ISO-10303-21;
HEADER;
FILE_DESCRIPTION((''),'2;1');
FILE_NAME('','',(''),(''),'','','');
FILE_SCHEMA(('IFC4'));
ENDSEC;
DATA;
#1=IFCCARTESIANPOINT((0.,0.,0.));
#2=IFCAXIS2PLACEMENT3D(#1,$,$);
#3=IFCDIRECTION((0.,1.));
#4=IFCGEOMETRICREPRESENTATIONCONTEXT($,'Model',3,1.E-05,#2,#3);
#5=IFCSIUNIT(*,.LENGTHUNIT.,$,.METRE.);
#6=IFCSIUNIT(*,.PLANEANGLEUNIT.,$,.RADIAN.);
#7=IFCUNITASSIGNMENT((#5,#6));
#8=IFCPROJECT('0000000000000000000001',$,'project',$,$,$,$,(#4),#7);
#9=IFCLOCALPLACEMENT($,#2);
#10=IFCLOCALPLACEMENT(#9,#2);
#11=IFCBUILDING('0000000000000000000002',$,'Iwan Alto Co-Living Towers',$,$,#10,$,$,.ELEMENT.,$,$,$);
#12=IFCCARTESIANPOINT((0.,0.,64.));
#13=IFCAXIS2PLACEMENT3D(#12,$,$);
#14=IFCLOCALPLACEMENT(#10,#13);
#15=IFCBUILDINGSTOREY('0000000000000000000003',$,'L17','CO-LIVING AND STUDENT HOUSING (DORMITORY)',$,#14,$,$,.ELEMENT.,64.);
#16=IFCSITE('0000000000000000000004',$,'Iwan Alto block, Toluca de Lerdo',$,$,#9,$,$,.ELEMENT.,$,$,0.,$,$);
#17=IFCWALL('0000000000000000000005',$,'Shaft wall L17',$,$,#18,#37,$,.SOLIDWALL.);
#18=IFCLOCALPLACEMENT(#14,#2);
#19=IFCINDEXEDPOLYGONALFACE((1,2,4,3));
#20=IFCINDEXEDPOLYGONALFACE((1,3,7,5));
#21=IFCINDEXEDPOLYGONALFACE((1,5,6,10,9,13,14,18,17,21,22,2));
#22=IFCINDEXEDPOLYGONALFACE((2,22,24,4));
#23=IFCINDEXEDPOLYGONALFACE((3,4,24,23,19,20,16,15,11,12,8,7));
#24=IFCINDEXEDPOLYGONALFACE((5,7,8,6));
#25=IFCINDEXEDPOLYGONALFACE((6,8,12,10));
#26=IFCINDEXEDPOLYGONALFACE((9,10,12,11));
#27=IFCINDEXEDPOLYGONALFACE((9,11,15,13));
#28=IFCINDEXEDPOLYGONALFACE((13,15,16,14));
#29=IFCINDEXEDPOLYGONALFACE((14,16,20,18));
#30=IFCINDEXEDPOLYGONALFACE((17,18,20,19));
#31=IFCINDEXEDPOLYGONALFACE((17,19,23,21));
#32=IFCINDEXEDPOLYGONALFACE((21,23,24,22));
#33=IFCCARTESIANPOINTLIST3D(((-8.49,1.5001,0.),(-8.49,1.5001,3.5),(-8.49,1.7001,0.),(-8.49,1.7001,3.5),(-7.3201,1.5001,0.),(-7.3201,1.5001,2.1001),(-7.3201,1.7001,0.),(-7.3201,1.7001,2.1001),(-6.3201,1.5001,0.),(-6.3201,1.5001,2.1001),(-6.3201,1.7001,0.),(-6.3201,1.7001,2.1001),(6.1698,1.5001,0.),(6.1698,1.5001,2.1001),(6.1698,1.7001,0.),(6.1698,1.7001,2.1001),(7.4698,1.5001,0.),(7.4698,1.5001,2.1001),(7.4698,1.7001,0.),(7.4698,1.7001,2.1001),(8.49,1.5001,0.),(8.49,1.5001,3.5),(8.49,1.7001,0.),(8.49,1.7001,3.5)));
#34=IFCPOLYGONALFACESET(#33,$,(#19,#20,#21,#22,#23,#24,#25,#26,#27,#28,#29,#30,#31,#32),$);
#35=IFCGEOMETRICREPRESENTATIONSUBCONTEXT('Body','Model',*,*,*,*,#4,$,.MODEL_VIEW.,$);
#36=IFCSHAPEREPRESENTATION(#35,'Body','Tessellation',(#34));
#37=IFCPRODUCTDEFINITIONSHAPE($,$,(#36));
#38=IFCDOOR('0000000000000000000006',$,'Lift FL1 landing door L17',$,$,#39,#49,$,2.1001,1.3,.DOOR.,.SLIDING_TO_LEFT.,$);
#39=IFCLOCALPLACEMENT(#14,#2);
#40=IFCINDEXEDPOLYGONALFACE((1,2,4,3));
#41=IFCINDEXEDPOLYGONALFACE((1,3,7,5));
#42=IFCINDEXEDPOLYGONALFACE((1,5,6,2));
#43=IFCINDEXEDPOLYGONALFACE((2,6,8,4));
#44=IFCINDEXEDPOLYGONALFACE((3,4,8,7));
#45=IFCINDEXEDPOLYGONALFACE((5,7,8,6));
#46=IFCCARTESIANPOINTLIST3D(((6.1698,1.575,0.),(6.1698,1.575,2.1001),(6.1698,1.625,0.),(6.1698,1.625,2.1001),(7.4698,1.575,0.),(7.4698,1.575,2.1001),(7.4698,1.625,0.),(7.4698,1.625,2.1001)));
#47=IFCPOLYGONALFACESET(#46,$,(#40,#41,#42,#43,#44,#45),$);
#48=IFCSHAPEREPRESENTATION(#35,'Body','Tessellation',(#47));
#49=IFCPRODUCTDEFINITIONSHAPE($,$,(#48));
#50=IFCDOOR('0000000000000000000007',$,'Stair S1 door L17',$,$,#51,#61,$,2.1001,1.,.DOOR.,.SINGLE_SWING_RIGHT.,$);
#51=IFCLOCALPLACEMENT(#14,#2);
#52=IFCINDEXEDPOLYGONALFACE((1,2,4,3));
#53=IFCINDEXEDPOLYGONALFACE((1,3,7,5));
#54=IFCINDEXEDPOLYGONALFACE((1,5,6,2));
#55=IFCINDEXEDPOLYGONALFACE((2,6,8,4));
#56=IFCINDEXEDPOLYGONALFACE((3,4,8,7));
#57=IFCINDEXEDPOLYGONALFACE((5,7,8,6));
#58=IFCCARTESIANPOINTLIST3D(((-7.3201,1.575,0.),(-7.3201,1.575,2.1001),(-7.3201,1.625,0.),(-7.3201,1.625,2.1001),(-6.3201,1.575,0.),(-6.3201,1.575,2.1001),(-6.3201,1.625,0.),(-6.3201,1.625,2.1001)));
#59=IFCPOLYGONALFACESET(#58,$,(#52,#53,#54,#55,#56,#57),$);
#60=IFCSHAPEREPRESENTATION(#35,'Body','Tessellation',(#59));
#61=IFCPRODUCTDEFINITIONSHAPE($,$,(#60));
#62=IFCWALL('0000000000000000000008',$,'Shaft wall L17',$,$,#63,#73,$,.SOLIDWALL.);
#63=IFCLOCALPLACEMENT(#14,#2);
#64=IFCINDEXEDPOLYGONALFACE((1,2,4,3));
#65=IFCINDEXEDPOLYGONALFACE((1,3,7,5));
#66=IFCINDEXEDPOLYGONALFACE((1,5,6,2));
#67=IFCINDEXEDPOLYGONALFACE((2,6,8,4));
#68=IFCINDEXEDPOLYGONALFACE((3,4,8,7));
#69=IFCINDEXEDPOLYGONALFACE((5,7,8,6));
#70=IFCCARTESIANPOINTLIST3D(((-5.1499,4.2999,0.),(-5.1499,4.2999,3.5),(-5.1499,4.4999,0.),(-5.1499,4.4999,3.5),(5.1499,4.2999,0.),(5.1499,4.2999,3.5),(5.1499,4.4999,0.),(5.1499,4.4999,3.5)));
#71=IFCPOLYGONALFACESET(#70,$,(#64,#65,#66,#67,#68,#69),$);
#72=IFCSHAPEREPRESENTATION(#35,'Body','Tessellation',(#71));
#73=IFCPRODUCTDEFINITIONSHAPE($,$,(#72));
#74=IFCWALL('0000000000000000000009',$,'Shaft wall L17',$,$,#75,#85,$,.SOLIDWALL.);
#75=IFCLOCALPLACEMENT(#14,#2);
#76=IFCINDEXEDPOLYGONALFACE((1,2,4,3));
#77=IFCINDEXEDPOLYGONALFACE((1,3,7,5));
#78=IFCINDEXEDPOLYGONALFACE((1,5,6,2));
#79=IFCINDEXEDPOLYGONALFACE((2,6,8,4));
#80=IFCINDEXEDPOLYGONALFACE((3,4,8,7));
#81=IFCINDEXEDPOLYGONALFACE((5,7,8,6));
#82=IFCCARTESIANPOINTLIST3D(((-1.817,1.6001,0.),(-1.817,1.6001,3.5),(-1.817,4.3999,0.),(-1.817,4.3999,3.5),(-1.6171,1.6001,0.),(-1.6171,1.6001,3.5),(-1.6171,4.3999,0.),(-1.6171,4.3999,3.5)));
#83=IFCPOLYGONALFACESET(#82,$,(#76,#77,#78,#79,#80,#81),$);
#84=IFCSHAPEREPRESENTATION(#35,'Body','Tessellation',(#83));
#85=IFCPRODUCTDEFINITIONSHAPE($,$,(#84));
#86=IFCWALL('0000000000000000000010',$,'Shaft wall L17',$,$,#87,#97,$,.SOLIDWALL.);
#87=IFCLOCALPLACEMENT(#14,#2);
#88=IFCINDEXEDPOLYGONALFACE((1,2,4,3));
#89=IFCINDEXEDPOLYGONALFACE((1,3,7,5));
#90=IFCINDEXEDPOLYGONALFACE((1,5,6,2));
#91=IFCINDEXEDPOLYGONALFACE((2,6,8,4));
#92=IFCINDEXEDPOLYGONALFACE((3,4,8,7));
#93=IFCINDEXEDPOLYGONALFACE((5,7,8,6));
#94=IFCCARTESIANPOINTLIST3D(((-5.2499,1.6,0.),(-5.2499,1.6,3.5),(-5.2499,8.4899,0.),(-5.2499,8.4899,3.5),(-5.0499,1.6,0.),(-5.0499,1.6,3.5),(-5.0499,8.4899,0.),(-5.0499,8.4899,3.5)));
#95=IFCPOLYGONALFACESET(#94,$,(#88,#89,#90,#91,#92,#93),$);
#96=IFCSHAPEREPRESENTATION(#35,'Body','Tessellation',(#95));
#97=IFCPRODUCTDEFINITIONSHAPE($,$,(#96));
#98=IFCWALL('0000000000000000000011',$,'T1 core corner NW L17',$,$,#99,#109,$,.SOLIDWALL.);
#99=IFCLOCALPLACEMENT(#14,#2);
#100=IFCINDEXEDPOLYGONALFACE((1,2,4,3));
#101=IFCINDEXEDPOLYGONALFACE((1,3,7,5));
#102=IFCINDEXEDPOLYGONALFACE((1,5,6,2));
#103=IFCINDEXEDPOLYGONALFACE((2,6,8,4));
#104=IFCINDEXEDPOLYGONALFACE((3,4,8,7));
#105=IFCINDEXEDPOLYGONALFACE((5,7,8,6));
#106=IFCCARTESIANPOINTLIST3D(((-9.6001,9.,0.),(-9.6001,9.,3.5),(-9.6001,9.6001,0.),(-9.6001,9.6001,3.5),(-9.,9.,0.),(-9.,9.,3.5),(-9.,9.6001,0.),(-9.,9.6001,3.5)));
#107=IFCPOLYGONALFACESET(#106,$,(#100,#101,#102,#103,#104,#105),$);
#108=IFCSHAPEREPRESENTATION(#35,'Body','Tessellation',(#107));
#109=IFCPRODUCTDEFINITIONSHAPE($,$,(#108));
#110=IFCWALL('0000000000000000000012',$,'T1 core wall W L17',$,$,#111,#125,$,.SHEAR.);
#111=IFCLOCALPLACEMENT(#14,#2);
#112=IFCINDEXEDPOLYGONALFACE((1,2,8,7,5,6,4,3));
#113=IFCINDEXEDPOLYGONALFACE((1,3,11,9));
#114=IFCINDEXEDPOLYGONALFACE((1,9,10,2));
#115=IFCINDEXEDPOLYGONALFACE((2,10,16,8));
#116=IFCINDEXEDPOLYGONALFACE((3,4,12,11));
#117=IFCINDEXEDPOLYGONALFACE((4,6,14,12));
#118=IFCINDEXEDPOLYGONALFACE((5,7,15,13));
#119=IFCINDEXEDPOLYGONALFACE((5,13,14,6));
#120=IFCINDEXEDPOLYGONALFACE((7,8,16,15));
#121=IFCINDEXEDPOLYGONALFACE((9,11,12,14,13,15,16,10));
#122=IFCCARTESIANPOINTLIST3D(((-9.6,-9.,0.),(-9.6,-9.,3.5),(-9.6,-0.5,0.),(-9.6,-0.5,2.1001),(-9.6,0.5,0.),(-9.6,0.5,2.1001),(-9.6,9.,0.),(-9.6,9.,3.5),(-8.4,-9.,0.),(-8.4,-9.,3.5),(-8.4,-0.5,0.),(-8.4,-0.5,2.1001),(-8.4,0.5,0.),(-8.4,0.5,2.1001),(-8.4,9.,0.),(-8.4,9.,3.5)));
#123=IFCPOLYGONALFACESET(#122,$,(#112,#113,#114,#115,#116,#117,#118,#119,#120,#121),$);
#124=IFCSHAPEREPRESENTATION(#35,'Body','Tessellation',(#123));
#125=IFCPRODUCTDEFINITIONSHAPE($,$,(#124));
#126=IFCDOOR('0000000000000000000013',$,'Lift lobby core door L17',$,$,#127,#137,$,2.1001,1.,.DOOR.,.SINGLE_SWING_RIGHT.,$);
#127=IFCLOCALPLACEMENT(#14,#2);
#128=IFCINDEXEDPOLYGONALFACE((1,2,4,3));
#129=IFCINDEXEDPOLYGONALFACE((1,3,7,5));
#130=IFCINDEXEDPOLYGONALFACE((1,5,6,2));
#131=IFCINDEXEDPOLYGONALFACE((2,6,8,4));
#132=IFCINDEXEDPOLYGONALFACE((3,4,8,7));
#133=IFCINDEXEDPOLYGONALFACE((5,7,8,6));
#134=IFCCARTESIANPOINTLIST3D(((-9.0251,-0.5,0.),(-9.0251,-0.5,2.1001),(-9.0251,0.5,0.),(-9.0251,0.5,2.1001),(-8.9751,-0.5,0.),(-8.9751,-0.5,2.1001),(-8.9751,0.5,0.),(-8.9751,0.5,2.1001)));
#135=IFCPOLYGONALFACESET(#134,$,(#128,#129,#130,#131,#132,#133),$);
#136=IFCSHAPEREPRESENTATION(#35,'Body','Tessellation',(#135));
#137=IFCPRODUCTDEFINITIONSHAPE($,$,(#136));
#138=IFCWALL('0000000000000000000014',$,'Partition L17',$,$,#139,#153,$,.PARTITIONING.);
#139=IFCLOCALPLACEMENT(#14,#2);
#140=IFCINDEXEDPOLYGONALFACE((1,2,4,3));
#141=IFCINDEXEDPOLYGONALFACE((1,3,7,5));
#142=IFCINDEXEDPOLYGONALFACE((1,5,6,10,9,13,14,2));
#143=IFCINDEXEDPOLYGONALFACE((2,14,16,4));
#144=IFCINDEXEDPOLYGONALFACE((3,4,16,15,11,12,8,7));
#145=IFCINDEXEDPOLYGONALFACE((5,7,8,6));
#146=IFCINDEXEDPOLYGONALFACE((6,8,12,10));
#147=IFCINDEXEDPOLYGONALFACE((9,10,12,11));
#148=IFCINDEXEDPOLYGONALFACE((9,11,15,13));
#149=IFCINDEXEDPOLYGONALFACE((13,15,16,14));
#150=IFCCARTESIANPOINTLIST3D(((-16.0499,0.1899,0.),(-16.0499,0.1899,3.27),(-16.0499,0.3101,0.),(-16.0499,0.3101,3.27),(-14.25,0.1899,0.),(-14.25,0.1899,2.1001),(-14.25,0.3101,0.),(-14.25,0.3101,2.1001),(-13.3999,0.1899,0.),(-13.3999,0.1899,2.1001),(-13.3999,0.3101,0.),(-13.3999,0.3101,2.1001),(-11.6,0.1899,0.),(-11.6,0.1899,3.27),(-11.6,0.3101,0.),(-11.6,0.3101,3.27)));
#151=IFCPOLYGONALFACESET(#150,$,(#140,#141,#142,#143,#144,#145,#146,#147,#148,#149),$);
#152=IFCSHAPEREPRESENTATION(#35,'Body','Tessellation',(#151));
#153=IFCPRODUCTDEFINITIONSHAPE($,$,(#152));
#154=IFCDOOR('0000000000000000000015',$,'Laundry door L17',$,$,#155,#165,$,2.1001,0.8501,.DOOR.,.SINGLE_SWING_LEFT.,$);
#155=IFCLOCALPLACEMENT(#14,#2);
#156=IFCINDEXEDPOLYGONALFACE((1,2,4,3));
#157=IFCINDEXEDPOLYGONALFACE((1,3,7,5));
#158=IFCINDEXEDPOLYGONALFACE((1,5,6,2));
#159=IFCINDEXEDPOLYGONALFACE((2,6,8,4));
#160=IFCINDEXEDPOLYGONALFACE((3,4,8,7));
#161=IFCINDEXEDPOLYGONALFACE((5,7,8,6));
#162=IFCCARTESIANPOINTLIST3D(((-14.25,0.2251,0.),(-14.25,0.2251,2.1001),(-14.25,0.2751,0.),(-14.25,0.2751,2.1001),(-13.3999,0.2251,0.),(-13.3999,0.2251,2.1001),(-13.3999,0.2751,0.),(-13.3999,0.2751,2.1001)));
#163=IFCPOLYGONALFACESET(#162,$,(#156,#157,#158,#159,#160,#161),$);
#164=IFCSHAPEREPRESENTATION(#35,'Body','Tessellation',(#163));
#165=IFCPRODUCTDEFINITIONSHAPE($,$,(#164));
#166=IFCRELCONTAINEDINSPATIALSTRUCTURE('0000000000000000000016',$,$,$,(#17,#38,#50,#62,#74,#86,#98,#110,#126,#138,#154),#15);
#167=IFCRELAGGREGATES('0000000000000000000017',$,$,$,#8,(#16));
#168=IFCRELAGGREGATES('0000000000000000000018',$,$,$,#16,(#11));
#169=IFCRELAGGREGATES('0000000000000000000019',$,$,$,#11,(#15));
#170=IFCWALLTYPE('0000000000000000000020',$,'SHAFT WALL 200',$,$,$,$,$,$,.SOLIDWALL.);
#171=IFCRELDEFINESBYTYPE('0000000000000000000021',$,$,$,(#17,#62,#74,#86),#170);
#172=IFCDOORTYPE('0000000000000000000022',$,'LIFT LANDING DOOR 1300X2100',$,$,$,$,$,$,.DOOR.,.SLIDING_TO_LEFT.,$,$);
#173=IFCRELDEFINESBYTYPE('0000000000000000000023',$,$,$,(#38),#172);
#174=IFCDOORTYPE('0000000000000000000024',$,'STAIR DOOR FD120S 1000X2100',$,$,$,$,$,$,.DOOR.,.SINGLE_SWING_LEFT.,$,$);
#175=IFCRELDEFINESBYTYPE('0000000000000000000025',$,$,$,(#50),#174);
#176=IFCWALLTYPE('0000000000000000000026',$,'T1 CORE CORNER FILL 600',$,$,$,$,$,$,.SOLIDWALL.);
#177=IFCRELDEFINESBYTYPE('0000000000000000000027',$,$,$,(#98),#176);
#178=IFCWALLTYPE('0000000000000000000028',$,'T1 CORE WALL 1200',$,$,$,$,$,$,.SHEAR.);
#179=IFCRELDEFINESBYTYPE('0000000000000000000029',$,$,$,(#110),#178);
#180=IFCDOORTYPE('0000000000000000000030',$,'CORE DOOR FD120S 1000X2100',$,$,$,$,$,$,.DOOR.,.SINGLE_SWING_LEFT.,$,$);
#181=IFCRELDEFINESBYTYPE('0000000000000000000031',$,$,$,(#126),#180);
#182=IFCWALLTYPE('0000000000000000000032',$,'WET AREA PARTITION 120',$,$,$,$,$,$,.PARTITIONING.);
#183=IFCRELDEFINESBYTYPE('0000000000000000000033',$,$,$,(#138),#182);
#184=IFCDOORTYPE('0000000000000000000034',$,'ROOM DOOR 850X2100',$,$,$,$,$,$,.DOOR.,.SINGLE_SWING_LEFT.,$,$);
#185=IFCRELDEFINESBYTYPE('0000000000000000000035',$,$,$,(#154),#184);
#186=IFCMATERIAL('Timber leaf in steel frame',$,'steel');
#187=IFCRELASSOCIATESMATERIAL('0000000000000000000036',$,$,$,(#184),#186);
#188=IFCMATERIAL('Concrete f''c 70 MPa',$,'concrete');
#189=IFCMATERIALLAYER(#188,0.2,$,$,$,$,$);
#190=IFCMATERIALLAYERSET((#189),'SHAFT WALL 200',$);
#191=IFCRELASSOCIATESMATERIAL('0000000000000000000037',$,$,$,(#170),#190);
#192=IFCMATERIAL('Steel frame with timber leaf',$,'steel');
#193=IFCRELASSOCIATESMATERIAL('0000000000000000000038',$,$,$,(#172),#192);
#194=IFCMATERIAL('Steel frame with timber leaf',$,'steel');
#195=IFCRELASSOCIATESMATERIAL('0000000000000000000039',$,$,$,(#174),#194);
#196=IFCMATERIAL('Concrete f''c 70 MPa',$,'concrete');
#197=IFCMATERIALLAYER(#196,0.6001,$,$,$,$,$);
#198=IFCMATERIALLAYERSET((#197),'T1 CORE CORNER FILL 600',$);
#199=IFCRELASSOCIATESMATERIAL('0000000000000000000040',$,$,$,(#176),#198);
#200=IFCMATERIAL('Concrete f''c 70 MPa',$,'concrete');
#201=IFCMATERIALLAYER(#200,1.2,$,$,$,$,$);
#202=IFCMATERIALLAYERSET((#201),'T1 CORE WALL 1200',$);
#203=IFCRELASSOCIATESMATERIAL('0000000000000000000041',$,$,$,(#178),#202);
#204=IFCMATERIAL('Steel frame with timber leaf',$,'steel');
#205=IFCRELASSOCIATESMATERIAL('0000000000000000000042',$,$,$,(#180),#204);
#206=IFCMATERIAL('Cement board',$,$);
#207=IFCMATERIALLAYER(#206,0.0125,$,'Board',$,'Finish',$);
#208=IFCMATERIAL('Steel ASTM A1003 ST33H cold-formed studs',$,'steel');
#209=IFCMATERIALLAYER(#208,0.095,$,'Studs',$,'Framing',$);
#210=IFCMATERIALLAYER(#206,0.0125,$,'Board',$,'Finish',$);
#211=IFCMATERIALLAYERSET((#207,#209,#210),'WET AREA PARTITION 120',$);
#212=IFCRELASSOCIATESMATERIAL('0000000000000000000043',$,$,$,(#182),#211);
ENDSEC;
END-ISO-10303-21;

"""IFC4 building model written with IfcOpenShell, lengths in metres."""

from ifc_helpers import new_model, si_unit, direction, frame, frame_2d, origin, place, context, subcontext, project, spatial, rectangle, extrude, material, layer, layer_set, type_object, element, fill, save


model = new_model("IFC4")

# Units and contexts
model_context = context("Model", 3, precision=1e-05, world=origin(), true_north=direction((0.0, 1.0)))
body_context = subcontext(model_context, "Body", "Model", "MODEL_VIEW")
ifc_project = project(units=[si_unit("LENGTHUNIT", "METRE"), si_unit("PLANEANGLEUNIT", "RADIAN")], contexts=[model_context])

# Site, building, storey
site_placement = place(None, origin())
site = spatial("IfcSite", under=ifc_project, at=site_placement, Name="Iwan Alto block, Toluca de Lerdo", CompositionType="ELEMENT", RefElevation=0.0)
building_placement = place(site_placement, origin())
building = spatial("IfcBuilding", under=site, at=building_placement, Name="Iwan Alto Co-Living Towers", CompositionType="ELEMENT")
storey_placement = place(building_placement, frame((0.0, 0.0, 64.0)))
storey = spatial("IfcBuildingStorey", under=building, at=storey_placement, Name="L17", Description="CO-LIVING AND STUDENT HOUSING (DORMITORY)", CompositionType="ELEMENT", Elevation=64.0)

# Shared definitions
ifc_material_1 = material(Name="Steel ASTM A1003 ST33H cold-formed studs", Category="steel")

# Shared definitions
ifc_material_2 = material(Name="Timber leaf in steel frame", Category="steel")
door_type_1 = type_object("IfcDoorType", Name="ROOM DOOR 850X2100", OperationType="SINGLE_SWING_LEFT", PredefinedType="DOOR", material=ifc_material_2)

# Wall, openings, doors
ifc_material_3 = material(Name="Concrete f'c 70 MPa", Category="concrete")
ifc_layer_1 = layer(ifc_material_3, 0.2)
ifc_layer_set_1 = layer_set([ifc_layer_1], Name="SHAFT WALL 200")
wall_type_1 = type_object("IfcWallType", Name="SHAFT WALL 200", PredefinedType="SOLIDWALL", material=ifc_layer_set_1)
wall_1_placement = place(storey_placement, frame((-8.49, 1.6001, 0.0), z_axis=(0.0, 0.0, 1.0), x_axis=(1.0, 0.0, 0.0)))
wall_1 = element("IfcWall", 1, at=wall_1_placement, inside=storey, type_object=wall_type_1, Name="Shaft wall L17", PredefinedType="SOLIDWALL", context=body_context, shape_type="SweptSolid", body=[
    extrude(rectangle(XDim=16.98, YDim=0.2, at=frame_2d((8.49, 0.0))), origin(), (0.0, 0.0, 1.0), 3.5),
])
opening_1_placement = place(wall_1_placement, frame((1.1699, 0.0, 0.0)))
opening_1 = element("IfcOpeningElement", 2, at=opening_1_placement, cuts=wall_1, PredefinedType="OPENING", context=body_context, shape_type="SweptSolid", body=[
    extrude(rectangle(XDim=1.0, YDim=2.1001, at=frame_2d((0.5, 1.05))), frame((0.0, 0.1099, 0.0), z_axis=(0.0, -1.0, 0.0), x_axis=(1.0, 0.0, 0.0)), (0.0, 0.0, 1.0), 0.22),
])
opening_2_placement = place(wall_1_placement, frame((14.6599, 0.0, 0.0)))
opening_2 = element("IfcOpeningElement", 3, at=opening_2_placement, cuts=wall_1, PredefinedType="OPENING", context=body_context, shape_type="SweptSolid", body=[
    extrude(rectangle(XDim=1.3, YDim=2.1001, at=frame_2d((0.6499, 1.05))), frame((0.0, 0.1099, 0.0), z_axis=(0.0, -1.0, 0.0), x_axis=(1.0, 0.0, 0.0)), (0.0, 0.0, 1.0), 0.22),
])
ifc_material_4 = material(Name="Steel frame with timber leaf", Category="steel")
door_type_2 = type_object("IfcDoorType", Name="LIFT LANDING DOOR 1300X2100", OperationType="SLIDING_TO_LEFT", PredefinedType="DOOR", material=ifc_material_4)
door_1_placement = place(opening_2_placement, origin())
door_1 = element("IfcDoor", 4, at=door_1_placement, inside=storey, type_object=door_type_2, Name="Lift FL1 landing door L17", OperationType="SLIDING_TO_LEFT", OverallHeight=2.1001, OverallWidth=1.3, PredefinedType="DOOR", context=body_context, shape_type="SweptSolid", body=[
    extrude(rectangle(XDim=1.3, YDim=2.1001, at=frame_2d((0.6499, 1.05))), frame((0.0, 0.0249, 0.0), z_axis=(0.0, -1.0, 0.0), x_axis=(1.0, 0.0, 0.0)), (0.0, 0.0, 1.0), 0.05),
])
fill(opening_2, door_1)
ifc_material_5 = material(Name="Steel frame with timber leaf", Category="steel")
door_type_3 = type_object("IfcDoorType", Name="STAIR DOOR FD120S 1000X2100", OperationType="SINGLE_SWING_LEFT", PredefinedType="DOOR", material=ifc_material_5)
door_2_placement = place(opening_1_placement, origin())
door_2 = element("IfcDoor", 5, at=door_2_placement, inside=storey, type_object=door_type_3, Name="Stair S1 door L17", OperationType="SINGLE_SWING_RIGHT", OverallHeight=2.1001, OverallWidth=1.0, PredefinedType="DOOR", context=body_context, shape_type="SweptSolid", body=[
    extrude(rectangle(XDim=1.0, YDim=2.1001, at=frame_2d((0.5, 1.05))), frame((0.0, 0.0249, 0.0), z_axis=(0.0, -1.0, 0.0), x_axis=(1.0, 0.0, 0.0)), (0.0, 0.0, 1.0), 0.05),
])
fill(opening_1, door_2)

# Walls
wall_2_placement = place(storey_placement, frame((-5.1499, 4.3999, 0.0), z_axis=(0.0, 0.0, 1.0), x_axis=(1.0, 0.0, 0.0)))
element("IfcWall", 6, at=wall_2_placement, inside=storey, type_object=wall_type_1, Name="Shaft wall L17", PredefinedType="SOLIDWALL", context=body_context, shape_type="SweptSolid", body=[
    extrude(rectangle(XDim=10.2998, YDim=0.2, at=frame_2d((5.1499, 0.0))), origin(), (0.0, 0.0, 1.0), 3.5),
])
wall_3_placement = place(storey_placement, frame((-1.717, 1.6001, 0.0), z_axis=(0.0, 0.0, 1.0), x_axis=(0.0, 1.0, 0.0)))
element("IfcWall", 7, at=wall_3_placement, inside=storey, type_object=wall_type_1, Name="Shaft wall L17", PredefinedType="SOLIDWALL", context=body_context, shape_type="SweptSolid", body=[
    extrude(rectangle(XDim=2.7998, YDim=0.2, at=frame_2d((1.3999, 0.0))), origin(), (0.0, 0.0, 1.0), 3.5),
])
wall_4_placement = place(storey_placement, frame((-5.1499, 1.6001, 0.0), z_axis=(0.0, 0.0, 1.0), x_axis=(0.0, 1.0, 0.0)))
element("IfcWall", 8, at=wall_4_placement, inside=storey, type_object=wall_type_1, Name="Shaft wall L17", PredefinedType="SOLIDWALL", context=body_context, shape_type="SweptSolid", body=[
    extrude(rectangle(XDim=6.8899, YDim=0.2, at=frame_2d((3.4448, 0.0))), origin(), (0.0, 0.0, 1.0), 3.5),
])
ifc_material_6 = material(Name="Concrete f'c 70 MPa", Category="concrete")
ifc_layer_2 = layer(ifc_material_6, 0.6001)
ifc_layer_set_2 = layer_set([ifc_layer_2], Name="T1 CORE CORNER FILL 600")
wall_type_2 = type_object("IfcWallType", Name="T1 CORE CORNER FILL 600", PredefinedType="SOLIDWALL", material=ifc_layer_set_2)
wall_5_placement = place(storey_placement, frame((-9.6001, 9.3, 0.0), z_axis=(0.0, 0.0, 1.0), x_axis=(1.0, 0.0, 0.0)))
element("IfcWall", 9, at=wall_5_placement, inside=storey, type_object=wall_type_2, Name="T1 core corner NW L17", PredefinedType="SOLIDWALL", context=body_context, shape_type="SweptSolid", body=[
    extrude(rectangle(XDim=0.6001, YDim=0.6001, at=frame_2d((0.3, 0.0))), origin(), (0.0, 0.0, 1.0), 3.5),
])

# Walls, openings, doors
ifc_material_7 = material(Name="Concrete f'c 70 MPa", Category="concrete")
ifc_layer_3 = layer(ifc_material_7, 1.2)
ifc_layer_set_3 = layer_set([ifc_layer_3], Name="T1 CORE WALL 1200")
wall_type_3 = type_object("IfcWallType", Name="T1 CORE WALL 1200", PredefinedType="SHEAR", material=ifc_layer_set_3)
wall_6_placement = place(storey_placement, frame((-9.0, 9.0, 0.0), z_axis=(0.0, 0.0, 1.0), x_axis=(0.0, -1.0, 0.0)))
wall_6 = element("IfcWall", 10, at=wall_6_placement, inside=storey, type_object=wall_type_3, Name="T1 core wall W L17", PredefinedType="SHEAR", context=body_context, shape_type="SweptSolid", body=[
    extrude(rectangle(XDim=18.0, YDim=1.2, at=frame_2d((9.0, 0.0))), origin(), (0.0, 0.0, 1.0), 3.5),
])
opening_3_placement = place(wall_6_placement, frame((8.5, 0.0, 0.0)))
opening_3 = element("IfcOpeningElement", 11, at=opening_3_placement, cuts=wall_6, PredefinedType="OPENING", context=body_context, shape_type="SweptSolid", body=[
    extrude(rectangle(XDim=1.0, YDim=2.1001, at=frame_2d((0.5, 1.05))), frame((0.0, 0.6099, 0.0), z_axis=(0.0, -1.0, 0.0), x_axis=(1.0, 0.0, 0.0)), (0.0, 0.0, 1.0), 1.22),
])
ifc_material_8 = material(Name="Steel frame with timber leaf", Category="steel")
door_type_4 = type_object("IfcDoorType", Name="CORE DOOR FD120S 1000X2100", OperationType="SINGLE_SWING_LEFT", PredefinedType="DOOR", material=ifc_material_8)
door_3_placement = place(opening_3_placement, origin())
door_3 = element("IfcDoor", 12, at=door_3_placement, inside=storey, type_object=door_type_4, Name="Lift lobby core door L17", OperationType="SINGLE_SWING_RIGHT", OverallHeight=2.1001, OverallWidth=1.0, PredefinedType="DOOR", context=body_context, shape_type="SweptSolid", body=[
    extrude(rectangle(XDim=1.0, YDim=2.1001, at=frame_2d((0.5, 1.05))), frame((0.0, 0.0249, 0.0), z_axis=(0.0, -1.0, 0.0), x_axis=(1.0, 0.0, 0.0)), (0.0, 0.0, 1.0), 0.05),
])
fill(opening_3, door_3)
ifc_material_9 = material(Name="Cement board")
ifc_layer_4 = layer(ifc_material_9, 0.0125, Name="Board", Category="Finish")
ifc_layer_5 = layer(ifc_material_1, 0.095, Name="Studs", Category="Framing")
ifc_layer_6 = layer(ifc_material_9, 0.0125, Name="Board", Category="Finish")
ifc_layer_set_4 = layer_set([ifc_layer_4, ifc_layer_5, ifc_layer_6], Name="WET AREA PARTITION 120")
wall_type_4 = type_object("IfcWallType", Name="WET AREA PARTITION 120", PredefinedType="PARTITIONING", material=ifc_layer_set_4)
wall_7_placement = place(storey_placement, frame((-16.05, 0.25, 0.0), z_axis=(0.0, 0.0, 1.0), x_axis=(1.0, 0.0, 0.0)))
wall_7 = element("IfcWall", 13, at=wall_7_placement, inside=storey, type_object=wall_type_4, Name="Partition L17", PredefinedType="PARTITIONING", context=body_context, shape_type="SweptSolid", body=[
    extrude(rectangle(XDim=4.45, YDim=0.1201, at=frame_2d((2.2251, 0.0))), origin(), (0.0, 0.0, 1.0), 3.27),
])
opening_4_placement = place(wall_7_placement, frame((1.8, 0.0, 0.0)))
opening_4 = element("IfcOpeningElement", 14, at=opening_4_placement, cuts=wall_7, PredefinedType="OPENING", context=body_context, shape_type="SweptSolid", body=[
    extrude(rectangle(XDim=0.8501, YDim=2.1001, at=frame_2d((0.425, 1.05))), frame((0.0, 0.0701, 0.0), z_axis=(0.0, -1.0, 0.0), x_axis=(1.0, 0.0, 0.0)), (0.0, 0.0, 1.0), 0.1401),
])
door_4_placement = place(opening_4_placement, frame((0.8501, 0.0, 0.0), z_axis=(0.0, 0.0, 1.0), x_axis=(-1.0, 0.0, 0.0)))
door_4 = element("IfcDoor", 15, at=door_4_placement, inside=storey, type_object=door_type_1, Name="Laundry door L17", OperationType="SINGLE_SWING_LEFT", OverallHeight=2.1001, OverallWidth=0.8501, PredefinedType="DOOR", context=body_context, shape_type="SweptSolid", body=[
    extrude(rectangle(XDim=0.8501, YDim=2.1001, at=frame_2d((0.425, 1.05))), frame((0.0, 0.0249, 0.0), z_axis=(0.0, -1.0, 0.0), x_axis=(1.0, 0.0, 0.0)), (0.0, 0.0, 1.0), 0.05),
])
fill(opening_4, door_4)

save(model, "model.ifc")
